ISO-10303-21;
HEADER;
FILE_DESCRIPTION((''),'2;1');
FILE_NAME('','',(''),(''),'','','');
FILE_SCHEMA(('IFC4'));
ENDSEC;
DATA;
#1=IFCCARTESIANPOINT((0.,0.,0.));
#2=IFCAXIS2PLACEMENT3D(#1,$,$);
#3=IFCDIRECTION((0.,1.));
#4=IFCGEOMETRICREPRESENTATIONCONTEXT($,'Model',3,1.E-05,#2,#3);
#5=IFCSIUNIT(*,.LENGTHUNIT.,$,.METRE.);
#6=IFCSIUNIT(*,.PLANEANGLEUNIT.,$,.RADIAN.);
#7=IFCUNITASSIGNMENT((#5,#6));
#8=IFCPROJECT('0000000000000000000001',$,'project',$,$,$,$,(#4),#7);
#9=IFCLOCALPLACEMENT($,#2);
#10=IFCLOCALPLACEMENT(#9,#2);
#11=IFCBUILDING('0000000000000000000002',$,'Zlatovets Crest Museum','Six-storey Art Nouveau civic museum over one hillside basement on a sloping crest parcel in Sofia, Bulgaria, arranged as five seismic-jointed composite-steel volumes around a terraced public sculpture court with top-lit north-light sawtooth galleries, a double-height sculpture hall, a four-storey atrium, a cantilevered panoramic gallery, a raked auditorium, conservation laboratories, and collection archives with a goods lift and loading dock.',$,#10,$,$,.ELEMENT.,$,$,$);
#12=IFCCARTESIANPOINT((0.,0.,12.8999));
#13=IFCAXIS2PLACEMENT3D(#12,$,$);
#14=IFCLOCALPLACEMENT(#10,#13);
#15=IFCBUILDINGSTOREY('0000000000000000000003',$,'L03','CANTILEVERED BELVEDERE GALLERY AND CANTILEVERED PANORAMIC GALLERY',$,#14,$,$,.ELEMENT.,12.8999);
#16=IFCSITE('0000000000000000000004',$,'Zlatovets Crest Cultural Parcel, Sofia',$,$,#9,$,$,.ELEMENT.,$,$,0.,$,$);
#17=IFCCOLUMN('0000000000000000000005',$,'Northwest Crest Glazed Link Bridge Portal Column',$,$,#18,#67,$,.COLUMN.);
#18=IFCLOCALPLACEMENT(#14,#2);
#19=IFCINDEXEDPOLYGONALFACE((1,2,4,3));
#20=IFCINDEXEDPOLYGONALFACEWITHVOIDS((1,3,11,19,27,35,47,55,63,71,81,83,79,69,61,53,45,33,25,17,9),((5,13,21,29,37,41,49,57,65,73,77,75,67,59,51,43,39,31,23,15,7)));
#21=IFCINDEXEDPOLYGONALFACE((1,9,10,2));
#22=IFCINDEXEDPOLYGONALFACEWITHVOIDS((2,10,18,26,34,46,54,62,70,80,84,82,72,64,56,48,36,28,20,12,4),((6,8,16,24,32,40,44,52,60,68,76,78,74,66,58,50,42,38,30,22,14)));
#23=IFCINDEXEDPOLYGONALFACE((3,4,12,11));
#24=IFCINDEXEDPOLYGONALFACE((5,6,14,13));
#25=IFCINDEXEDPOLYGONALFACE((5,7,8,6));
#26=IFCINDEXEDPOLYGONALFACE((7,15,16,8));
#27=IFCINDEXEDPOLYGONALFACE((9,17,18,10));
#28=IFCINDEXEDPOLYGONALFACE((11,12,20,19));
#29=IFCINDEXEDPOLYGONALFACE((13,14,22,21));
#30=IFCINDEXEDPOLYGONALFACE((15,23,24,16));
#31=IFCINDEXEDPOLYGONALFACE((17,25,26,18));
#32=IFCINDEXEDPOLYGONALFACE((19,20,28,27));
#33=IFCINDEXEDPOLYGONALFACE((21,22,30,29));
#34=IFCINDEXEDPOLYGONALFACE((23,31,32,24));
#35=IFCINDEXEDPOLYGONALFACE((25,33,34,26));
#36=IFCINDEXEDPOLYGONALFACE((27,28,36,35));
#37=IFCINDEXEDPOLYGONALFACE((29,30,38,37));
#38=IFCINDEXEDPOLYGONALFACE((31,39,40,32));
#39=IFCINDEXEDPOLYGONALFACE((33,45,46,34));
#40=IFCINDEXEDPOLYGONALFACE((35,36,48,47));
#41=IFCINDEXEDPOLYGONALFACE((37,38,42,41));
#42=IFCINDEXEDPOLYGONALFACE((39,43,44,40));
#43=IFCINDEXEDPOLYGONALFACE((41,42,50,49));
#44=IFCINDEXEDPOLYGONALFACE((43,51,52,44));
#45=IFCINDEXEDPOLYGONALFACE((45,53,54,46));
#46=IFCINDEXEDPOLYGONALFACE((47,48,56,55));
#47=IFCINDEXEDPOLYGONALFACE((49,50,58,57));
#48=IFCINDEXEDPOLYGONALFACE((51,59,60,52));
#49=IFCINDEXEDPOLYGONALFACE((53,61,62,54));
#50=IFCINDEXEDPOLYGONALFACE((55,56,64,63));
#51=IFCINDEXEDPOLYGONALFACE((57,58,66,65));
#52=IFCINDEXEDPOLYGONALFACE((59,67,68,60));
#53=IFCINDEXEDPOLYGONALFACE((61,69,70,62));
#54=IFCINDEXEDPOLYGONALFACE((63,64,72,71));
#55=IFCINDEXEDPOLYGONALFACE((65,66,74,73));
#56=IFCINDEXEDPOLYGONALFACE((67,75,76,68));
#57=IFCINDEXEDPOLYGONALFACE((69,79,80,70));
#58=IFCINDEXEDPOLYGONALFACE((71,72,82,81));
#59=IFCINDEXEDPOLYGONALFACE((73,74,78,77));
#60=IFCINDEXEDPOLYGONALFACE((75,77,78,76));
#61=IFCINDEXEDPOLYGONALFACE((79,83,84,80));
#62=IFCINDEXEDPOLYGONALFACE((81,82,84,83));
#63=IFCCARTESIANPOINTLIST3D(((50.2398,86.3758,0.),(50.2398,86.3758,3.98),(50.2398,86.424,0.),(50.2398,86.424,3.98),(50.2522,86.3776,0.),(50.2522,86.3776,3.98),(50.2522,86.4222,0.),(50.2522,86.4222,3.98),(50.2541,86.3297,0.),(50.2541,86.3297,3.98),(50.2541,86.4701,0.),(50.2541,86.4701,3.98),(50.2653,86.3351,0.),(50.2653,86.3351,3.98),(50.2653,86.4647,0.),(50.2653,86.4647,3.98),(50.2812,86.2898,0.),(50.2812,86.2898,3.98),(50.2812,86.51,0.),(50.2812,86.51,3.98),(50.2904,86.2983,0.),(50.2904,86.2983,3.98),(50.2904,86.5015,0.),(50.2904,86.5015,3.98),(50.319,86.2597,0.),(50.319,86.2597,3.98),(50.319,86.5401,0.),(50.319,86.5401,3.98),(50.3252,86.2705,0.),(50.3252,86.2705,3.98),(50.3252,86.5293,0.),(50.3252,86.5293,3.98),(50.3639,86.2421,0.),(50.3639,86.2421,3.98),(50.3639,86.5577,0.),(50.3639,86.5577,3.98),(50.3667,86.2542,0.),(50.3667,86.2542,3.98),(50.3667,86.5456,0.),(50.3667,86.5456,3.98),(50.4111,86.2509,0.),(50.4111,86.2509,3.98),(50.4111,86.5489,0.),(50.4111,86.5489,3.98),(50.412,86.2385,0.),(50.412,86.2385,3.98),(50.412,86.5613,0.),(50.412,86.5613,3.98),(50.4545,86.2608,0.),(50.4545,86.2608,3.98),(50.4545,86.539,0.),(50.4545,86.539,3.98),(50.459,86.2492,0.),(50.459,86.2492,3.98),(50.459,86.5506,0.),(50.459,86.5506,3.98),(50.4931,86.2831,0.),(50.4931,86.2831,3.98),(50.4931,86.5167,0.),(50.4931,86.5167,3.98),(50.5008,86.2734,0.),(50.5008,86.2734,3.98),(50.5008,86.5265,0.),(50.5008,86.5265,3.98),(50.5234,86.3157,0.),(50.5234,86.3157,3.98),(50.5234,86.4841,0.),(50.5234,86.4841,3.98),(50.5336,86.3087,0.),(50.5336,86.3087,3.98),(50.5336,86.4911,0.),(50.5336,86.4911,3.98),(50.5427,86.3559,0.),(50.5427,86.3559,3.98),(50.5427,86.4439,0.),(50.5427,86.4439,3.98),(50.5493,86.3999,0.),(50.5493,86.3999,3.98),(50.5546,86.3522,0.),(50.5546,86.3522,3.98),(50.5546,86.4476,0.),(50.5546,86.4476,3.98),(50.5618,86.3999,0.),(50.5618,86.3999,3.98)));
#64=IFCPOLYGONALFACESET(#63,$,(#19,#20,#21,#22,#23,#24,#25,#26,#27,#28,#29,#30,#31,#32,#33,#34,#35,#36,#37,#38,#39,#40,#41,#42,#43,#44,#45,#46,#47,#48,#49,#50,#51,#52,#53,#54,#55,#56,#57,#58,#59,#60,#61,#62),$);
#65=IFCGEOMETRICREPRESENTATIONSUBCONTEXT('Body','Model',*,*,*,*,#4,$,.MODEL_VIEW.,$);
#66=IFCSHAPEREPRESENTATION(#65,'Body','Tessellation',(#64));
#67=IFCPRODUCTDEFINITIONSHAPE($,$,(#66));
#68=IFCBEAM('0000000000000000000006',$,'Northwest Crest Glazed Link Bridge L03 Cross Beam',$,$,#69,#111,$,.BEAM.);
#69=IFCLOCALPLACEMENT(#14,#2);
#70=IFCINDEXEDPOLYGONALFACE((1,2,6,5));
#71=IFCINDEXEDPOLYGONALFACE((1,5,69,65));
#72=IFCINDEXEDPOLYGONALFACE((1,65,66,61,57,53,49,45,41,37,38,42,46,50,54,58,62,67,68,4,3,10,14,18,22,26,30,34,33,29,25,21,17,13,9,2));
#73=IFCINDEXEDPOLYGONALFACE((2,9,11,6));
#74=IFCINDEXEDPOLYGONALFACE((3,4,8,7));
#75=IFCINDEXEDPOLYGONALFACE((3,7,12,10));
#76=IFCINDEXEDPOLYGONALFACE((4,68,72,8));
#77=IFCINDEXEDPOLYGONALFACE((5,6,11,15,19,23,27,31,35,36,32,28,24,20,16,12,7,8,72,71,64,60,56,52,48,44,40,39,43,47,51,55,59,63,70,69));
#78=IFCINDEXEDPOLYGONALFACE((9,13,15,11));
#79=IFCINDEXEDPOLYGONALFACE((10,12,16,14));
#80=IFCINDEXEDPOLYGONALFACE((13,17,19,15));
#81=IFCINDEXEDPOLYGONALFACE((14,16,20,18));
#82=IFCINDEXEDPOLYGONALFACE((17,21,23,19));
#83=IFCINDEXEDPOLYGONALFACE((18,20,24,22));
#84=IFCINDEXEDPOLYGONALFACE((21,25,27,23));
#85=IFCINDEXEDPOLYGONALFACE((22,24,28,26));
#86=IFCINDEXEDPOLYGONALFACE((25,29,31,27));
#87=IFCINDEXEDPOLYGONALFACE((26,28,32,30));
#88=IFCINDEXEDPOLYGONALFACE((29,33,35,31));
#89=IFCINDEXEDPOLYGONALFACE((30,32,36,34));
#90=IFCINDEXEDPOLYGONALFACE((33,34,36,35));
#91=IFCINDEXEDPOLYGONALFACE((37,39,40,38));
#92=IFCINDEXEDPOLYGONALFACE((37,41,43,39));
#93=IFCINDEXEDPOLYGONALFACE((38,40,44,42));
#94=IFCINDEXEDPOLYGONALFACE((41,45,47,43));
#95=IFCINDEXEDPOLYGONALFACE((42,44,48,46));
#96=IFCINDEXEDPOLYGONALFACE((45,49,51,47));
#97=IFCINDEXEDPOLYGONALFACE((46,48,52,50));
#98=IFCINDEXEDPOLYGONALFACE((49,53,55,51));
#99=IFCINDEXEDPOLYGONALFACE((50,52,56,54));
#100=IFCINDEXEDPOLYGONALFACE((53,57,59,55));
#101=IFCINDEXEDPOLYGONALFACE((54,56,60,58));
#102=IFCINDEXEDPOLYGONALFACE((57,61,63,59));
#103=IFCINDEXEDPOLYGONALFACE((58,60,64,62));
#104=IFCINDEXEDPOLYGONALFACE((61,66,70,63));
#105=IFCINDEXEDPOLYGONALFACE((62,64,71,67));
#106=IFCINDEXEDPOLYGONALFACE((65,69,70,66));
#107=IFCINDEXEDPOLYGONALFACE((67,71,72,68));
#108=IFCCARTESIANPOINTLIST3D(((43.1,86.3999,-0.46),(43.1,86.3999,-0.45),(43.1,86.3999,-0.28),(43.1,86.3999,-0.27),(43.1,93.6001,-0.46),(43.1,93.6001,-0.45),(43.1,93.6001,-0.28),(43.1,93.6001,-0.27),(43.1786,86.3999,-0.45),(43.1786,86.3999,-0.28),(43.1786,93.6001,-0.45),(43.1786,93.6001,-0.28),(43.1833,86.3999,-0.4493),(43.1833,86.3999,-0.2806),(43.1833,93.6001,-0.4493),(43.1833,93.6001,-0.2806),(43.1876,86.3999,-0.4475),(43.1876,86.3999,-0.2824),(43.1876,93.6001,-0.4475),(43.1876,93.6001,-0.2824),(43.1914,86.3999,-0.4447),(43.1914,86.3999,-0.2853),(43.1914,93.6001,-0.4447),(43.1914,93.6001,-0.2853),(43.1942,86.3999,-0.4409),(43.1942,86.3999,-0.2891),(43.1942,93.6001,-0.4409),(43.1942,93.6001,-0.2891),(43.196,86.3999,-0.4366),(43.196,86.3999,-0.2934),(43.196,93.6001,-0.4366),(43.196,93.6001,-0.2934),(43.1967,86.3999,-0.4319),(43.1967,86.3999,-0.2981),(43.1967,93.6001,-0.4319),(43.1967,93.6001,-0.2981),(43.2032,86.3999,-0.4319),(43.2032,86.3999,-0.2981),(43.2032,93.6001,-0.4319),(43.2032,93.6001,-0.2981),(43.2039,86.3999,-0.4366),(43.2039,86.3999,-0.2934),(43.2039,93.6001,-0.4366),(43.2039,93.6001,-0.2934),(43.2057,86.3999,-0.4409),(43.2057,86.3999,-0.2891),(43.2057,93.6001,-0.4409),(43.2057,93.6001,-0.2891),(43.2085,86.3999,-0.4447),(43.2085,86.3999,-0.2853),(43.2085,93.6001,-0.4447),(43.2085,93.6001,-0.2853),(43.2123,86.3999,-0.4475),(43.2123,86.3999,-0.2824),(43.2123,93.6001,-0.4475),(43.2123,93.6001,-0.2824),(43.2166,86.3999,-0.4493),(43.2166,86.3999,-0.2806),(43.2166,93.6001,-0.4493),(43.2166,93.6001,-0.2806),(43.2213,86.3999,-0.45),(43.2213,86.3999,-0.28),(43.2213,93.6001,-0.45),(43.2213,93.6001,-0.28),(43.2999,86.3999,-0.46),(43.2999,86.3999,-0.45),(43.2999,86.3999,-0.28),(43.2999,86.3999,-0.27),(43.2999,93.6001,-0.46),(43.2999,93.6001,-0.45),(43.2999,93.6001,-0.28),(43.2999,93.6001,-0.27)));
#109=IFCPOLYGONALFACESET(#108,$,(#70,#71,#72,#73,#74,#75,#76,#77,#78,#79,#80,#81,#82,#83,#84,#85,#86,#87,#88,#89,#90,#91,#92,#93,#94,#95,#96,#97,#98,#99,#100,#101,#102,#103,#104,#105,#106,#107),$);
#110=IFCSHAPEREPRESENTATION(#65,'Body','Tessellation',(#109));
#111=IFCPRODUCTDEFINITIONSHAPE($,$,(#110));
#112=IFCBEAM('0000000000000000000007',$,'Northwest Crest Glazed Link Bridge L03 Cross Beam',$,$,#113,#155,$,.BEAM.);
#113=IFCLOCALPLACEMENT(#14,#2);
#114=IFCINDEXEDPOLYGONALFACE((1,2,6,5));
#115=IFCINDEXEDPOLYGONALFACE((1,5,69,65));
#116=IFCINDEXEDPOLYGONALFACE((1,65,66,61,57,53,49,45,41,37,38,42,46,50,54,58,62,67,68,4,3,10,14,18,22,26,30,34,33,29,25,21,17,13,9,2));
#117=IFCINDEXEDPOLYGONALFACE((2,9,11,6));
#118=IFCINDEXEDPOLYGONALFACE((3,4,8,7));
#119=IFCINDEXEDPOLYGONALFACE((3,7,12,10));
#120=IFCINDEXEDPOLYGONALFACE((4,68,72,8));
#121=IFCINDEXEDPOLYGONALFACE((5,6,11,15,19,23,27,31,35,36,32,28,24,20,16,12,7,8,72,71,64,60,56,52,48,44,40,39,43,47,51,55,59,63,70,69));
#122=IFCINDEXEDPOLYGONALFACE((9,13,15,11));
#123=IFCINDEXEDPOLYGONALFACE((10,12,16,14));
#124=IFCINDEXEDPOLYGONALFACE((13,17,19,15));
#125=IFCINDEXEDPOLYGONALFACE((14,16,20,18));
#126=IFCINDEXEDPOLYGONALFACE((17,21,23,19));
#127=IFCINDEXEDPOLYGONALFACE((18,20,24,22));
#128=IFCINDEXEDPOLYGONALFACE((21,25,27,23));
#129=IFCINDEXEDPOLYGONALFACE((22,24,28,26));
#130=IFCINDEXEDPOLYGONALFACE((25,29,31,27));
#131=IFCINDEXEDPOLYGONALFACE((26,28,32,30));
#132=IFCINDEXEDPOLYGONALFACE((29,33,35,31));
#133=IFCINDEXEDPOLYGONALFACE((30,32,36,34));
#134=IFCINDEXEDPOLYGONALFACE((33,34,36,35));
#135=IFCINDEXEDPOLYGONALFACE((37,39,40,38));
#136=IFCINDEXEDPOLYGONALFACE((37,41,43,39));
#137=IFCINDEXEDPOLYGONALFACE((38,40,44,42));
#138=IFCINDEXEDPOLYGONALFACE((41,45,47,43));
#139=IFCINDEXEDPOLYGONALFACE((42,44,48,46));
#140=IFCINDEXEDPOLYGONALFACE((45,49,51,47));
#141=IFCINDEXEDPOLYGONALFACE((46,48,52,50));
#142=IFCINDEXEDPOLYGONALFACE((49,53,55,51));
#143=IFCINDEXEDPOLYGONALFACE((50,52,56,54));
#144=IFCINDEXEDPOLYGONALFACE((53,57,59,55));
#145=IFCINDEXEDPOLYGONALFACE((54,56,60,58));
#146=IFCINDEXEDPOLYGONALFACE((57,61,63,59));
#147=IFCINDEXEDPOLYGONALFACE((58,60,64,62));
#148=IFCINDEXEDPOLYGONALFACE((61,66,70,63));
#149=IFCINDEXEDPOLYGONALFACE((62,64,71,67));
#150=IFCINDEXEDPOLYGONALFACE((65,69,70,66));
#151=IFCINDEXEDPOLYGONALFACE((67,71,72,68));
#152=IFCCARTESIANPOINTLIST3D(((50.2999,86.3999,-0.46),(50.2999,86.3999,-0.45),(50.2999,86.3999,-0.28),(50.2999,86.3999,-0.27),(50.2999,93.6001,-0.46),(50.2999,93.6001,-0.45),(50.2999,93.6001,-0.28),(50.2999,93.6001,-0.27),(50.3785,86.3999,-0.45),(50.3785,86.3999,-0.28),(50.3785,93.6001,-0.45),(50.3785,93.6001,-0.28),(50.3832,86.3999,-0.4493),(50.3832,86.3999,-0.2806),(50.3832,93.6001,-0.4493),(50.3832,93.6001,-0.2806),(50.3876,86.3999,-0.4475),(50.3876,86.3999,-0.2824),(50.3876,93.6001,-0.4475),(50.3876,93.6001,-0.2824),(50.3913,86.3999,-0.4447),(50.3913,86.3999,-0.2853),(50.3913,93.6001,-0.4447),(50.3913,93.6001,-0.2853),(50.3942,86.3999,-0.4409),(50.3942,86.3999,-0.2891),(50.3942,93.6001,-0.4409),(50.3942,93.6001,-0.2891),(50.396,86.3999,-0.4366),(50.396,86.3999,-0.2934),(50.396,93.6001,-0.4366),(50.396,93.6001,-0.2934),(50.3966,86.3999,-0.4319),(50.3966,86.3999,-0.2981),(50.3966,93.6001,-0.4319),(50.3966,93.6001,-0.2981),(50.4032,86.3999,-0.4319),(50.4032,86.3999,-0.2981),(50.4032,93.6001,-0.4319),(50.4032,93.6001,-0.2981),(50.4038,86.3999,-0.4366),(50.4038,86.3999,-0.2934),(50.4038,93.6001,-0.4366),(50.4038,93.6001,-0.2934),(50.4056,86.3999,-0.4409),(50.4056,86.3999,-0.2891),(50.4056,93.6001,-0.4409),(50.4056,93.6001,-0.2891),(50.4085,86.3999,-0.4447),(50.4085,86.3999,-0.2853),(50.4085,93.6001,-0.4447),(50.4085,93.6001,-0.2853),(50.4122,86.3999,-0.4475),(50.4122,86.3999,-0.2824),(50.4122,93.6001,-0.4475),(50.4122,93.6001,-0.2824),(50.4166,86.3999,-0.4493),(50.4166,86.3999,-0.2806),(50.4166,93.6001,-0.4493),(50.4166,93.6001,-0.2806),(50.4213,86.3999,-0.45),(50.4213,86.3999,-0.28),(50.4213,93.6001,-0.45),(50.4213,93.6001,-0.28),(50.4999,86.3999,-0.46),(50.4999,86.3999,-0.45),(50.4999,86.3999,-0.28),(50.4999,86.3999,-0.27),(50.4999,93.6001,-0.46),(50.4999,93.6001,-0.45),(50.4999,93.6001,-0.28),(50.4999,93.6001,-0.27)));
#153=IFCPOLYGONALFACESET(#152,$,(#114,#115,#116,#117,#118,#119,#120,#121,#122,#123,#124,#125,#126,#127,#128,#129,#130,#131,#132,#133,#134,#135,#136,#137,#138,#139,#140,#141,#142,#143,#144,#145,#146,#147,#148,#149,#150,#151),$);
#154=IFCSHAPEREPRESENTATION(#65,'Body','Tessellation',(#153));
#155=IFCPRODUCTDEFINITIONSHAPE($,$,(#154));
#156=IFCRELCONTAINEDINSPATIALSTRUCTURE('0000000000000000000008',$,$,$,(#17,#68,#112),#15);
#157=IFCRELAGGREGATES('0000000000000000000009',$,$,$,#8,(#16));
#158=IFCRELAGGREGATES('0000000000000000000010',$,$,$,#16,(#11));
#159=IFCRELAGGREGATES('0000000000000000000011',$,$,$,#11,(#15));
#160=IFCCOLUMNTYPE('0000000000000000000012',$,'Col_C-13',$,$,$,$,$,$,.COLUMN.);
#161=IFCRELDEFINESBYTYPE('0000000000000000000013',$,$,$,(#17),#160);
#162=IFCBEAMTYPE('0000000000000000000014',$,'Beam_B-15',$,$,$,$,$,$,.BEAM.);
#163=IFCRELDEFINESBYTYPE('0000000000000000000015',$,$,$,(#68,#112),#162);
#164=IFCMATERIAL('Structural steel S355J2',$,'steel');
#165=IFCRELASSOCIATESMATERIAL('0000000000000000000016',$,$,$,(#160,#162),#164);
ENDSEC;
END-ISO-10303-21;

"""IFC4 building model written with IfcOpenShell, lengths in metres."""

from ifc_helpers import new_model, si_unit, direction, frame, origin, origin_2d, place, context, subcontext, project, spatial, hollow_circle, i_section, extrude, material, material_profile, profile_set, type_object, element, save


model = new_model("IFC4")

# Units and contexts
model_context = context("Model", 3, precision=1e-05, world=origin(), true_north=direction((0.0, 1.0)))
body_context = subcontext(model_context, "Body", "Model", "MODEL_VIEW")
ifc_project = project(units=[si_unit("LENGTHUNIT", "METRE"), si_unit("PLANEANGLEUNIT", "RADIAN")], contexts=[model_context])

# Site, building, storey
site_placement = place(None, origin())
site = spatial("IfcSite", under=ifc_project, at=site_placement, Name="Zlatovets Crest Cultural Parcel, Sofia", CompositionType="ELEMENT", RefElevation=0.0)
building_placement = place(site_placement, origin())
building = spatial("IfcBuilding", under=site, at=building_placement, Name="Zlatovets Crest Museum", Description="Six-storey Art Nouveau civic museum over one hillside basement on a sloping crest parcel in Sofia, Bulgaria, arranged as five seismic-jointed composite-steel volumes around a terraced public sculpture court with top-lit north-light sawtooth galleries, a double-height sculpture hall, a four-storey atrium, a cantilevered panoramic gallery, a raked auditorium, conservation laboratories, and collection archives with a goods lift and loading dock.", CompositionType="ELEMENT")
storey_placement = place(building_placement, frame((0.0, 0.0, 12.8999)))
storey = spatial("IfcBuildingStorey", under=building, at=storey_placement, Name="L03", Description="CANTILEVERED BELVEDERE GALLERY AND CANTILEVERED PANORAMIC GALLERY", CompositionType="ELEMENT", Elevation=12.8999)

# Column
ifc_material_1 = material(Name="Structural steel S355J2", Category="steel")
ifc_material_profile_1 = material_profile(ifc_material_1, hollow_circle(Radius=0.1619, WallThickness=0.0125, at=origin_2d()), Name="CHS 323.9x12.5")
ifc_profile_set_1 = profile_set([ifc_material_profile_1], Name="Structural steel S355J2")
column_type = type_object("IfcColumnType", Name="Col_C-13", PredefinedType="COLUMN", material=ifc_profile_set_1)
column_placement = place(storey_placement, frame((50.3999, 86.3999, 0.0), z_axis=(0.0, 0.0, 1.0), x_axis=(1.0, 0.0, 0.0)))
element("IfcColumn", 1, at=column_placement, inside=storey, type_object=column_type, Name="Northwest Crest Glazed Link Bridge Portal Column", PredefinedType="COLUMN", context=body_context, shape_type="SweptSolid", body=[
    extrude(hollow_circle(Radius=0.1619, WallThickness=0.0125, at=origin_2d()), origin(), (0.0, 0.0, 1.0), 3.98),
])

# Beams
ifc_material_profile_2 = material_profile(ifc_material_1, i_section(OverallWidth=0.2, OverallDepth=0.1899, WebThickness=0.0066, FlangeThickness=0.01, FilletRadius=0.0181, at=origin_2d()), Name="HEA 200")
ifc_profile_set_2 = profile_set([ifc_material_profile_2], Name="Structural steel S355J2")
beam_type_1 = type_object("IfcBeamType", Name="Beam_B-15", PredefinedType="BEAM", material=ifc_profile_set_2)
for number, where, z_axis, x_axis, name in (
    (2, (43.2, 86.3999, -0.365), (0.0, 1.0, 0.0), (-1.0, 0.0, 0.0), "Northwest Crest Glazed Link Bridge L03 Cross Beam"),
    (3, (50.3999, 86.3999, -0.365), (0.0, 1.0, 0.0), (-1.0, 0.0, 0.0), "Northwest Crest Glazed Link Bridge L03 Cross Beam"),
):
    element("IfcBeam", number, at=place(storey_placement, frame(where, z_axis=z_axis, x_axis=x_axis)), inside=storey, type_object=beam_type_1, Name=name, PredefinedType="BEAM", context=body_context, shape_type="SweptSolid", body=[
        extrude(i_section(OverallWidth=0.2, OverallDepth=0.1899, WebThickness=0.0066, FlangeThickness=0.01, FilletRadius=0.0181, at=origin_2d()), origin(), (0.0, 0.0, 1.0), 7.2002),
    ])

save(model, "model.ifc")
